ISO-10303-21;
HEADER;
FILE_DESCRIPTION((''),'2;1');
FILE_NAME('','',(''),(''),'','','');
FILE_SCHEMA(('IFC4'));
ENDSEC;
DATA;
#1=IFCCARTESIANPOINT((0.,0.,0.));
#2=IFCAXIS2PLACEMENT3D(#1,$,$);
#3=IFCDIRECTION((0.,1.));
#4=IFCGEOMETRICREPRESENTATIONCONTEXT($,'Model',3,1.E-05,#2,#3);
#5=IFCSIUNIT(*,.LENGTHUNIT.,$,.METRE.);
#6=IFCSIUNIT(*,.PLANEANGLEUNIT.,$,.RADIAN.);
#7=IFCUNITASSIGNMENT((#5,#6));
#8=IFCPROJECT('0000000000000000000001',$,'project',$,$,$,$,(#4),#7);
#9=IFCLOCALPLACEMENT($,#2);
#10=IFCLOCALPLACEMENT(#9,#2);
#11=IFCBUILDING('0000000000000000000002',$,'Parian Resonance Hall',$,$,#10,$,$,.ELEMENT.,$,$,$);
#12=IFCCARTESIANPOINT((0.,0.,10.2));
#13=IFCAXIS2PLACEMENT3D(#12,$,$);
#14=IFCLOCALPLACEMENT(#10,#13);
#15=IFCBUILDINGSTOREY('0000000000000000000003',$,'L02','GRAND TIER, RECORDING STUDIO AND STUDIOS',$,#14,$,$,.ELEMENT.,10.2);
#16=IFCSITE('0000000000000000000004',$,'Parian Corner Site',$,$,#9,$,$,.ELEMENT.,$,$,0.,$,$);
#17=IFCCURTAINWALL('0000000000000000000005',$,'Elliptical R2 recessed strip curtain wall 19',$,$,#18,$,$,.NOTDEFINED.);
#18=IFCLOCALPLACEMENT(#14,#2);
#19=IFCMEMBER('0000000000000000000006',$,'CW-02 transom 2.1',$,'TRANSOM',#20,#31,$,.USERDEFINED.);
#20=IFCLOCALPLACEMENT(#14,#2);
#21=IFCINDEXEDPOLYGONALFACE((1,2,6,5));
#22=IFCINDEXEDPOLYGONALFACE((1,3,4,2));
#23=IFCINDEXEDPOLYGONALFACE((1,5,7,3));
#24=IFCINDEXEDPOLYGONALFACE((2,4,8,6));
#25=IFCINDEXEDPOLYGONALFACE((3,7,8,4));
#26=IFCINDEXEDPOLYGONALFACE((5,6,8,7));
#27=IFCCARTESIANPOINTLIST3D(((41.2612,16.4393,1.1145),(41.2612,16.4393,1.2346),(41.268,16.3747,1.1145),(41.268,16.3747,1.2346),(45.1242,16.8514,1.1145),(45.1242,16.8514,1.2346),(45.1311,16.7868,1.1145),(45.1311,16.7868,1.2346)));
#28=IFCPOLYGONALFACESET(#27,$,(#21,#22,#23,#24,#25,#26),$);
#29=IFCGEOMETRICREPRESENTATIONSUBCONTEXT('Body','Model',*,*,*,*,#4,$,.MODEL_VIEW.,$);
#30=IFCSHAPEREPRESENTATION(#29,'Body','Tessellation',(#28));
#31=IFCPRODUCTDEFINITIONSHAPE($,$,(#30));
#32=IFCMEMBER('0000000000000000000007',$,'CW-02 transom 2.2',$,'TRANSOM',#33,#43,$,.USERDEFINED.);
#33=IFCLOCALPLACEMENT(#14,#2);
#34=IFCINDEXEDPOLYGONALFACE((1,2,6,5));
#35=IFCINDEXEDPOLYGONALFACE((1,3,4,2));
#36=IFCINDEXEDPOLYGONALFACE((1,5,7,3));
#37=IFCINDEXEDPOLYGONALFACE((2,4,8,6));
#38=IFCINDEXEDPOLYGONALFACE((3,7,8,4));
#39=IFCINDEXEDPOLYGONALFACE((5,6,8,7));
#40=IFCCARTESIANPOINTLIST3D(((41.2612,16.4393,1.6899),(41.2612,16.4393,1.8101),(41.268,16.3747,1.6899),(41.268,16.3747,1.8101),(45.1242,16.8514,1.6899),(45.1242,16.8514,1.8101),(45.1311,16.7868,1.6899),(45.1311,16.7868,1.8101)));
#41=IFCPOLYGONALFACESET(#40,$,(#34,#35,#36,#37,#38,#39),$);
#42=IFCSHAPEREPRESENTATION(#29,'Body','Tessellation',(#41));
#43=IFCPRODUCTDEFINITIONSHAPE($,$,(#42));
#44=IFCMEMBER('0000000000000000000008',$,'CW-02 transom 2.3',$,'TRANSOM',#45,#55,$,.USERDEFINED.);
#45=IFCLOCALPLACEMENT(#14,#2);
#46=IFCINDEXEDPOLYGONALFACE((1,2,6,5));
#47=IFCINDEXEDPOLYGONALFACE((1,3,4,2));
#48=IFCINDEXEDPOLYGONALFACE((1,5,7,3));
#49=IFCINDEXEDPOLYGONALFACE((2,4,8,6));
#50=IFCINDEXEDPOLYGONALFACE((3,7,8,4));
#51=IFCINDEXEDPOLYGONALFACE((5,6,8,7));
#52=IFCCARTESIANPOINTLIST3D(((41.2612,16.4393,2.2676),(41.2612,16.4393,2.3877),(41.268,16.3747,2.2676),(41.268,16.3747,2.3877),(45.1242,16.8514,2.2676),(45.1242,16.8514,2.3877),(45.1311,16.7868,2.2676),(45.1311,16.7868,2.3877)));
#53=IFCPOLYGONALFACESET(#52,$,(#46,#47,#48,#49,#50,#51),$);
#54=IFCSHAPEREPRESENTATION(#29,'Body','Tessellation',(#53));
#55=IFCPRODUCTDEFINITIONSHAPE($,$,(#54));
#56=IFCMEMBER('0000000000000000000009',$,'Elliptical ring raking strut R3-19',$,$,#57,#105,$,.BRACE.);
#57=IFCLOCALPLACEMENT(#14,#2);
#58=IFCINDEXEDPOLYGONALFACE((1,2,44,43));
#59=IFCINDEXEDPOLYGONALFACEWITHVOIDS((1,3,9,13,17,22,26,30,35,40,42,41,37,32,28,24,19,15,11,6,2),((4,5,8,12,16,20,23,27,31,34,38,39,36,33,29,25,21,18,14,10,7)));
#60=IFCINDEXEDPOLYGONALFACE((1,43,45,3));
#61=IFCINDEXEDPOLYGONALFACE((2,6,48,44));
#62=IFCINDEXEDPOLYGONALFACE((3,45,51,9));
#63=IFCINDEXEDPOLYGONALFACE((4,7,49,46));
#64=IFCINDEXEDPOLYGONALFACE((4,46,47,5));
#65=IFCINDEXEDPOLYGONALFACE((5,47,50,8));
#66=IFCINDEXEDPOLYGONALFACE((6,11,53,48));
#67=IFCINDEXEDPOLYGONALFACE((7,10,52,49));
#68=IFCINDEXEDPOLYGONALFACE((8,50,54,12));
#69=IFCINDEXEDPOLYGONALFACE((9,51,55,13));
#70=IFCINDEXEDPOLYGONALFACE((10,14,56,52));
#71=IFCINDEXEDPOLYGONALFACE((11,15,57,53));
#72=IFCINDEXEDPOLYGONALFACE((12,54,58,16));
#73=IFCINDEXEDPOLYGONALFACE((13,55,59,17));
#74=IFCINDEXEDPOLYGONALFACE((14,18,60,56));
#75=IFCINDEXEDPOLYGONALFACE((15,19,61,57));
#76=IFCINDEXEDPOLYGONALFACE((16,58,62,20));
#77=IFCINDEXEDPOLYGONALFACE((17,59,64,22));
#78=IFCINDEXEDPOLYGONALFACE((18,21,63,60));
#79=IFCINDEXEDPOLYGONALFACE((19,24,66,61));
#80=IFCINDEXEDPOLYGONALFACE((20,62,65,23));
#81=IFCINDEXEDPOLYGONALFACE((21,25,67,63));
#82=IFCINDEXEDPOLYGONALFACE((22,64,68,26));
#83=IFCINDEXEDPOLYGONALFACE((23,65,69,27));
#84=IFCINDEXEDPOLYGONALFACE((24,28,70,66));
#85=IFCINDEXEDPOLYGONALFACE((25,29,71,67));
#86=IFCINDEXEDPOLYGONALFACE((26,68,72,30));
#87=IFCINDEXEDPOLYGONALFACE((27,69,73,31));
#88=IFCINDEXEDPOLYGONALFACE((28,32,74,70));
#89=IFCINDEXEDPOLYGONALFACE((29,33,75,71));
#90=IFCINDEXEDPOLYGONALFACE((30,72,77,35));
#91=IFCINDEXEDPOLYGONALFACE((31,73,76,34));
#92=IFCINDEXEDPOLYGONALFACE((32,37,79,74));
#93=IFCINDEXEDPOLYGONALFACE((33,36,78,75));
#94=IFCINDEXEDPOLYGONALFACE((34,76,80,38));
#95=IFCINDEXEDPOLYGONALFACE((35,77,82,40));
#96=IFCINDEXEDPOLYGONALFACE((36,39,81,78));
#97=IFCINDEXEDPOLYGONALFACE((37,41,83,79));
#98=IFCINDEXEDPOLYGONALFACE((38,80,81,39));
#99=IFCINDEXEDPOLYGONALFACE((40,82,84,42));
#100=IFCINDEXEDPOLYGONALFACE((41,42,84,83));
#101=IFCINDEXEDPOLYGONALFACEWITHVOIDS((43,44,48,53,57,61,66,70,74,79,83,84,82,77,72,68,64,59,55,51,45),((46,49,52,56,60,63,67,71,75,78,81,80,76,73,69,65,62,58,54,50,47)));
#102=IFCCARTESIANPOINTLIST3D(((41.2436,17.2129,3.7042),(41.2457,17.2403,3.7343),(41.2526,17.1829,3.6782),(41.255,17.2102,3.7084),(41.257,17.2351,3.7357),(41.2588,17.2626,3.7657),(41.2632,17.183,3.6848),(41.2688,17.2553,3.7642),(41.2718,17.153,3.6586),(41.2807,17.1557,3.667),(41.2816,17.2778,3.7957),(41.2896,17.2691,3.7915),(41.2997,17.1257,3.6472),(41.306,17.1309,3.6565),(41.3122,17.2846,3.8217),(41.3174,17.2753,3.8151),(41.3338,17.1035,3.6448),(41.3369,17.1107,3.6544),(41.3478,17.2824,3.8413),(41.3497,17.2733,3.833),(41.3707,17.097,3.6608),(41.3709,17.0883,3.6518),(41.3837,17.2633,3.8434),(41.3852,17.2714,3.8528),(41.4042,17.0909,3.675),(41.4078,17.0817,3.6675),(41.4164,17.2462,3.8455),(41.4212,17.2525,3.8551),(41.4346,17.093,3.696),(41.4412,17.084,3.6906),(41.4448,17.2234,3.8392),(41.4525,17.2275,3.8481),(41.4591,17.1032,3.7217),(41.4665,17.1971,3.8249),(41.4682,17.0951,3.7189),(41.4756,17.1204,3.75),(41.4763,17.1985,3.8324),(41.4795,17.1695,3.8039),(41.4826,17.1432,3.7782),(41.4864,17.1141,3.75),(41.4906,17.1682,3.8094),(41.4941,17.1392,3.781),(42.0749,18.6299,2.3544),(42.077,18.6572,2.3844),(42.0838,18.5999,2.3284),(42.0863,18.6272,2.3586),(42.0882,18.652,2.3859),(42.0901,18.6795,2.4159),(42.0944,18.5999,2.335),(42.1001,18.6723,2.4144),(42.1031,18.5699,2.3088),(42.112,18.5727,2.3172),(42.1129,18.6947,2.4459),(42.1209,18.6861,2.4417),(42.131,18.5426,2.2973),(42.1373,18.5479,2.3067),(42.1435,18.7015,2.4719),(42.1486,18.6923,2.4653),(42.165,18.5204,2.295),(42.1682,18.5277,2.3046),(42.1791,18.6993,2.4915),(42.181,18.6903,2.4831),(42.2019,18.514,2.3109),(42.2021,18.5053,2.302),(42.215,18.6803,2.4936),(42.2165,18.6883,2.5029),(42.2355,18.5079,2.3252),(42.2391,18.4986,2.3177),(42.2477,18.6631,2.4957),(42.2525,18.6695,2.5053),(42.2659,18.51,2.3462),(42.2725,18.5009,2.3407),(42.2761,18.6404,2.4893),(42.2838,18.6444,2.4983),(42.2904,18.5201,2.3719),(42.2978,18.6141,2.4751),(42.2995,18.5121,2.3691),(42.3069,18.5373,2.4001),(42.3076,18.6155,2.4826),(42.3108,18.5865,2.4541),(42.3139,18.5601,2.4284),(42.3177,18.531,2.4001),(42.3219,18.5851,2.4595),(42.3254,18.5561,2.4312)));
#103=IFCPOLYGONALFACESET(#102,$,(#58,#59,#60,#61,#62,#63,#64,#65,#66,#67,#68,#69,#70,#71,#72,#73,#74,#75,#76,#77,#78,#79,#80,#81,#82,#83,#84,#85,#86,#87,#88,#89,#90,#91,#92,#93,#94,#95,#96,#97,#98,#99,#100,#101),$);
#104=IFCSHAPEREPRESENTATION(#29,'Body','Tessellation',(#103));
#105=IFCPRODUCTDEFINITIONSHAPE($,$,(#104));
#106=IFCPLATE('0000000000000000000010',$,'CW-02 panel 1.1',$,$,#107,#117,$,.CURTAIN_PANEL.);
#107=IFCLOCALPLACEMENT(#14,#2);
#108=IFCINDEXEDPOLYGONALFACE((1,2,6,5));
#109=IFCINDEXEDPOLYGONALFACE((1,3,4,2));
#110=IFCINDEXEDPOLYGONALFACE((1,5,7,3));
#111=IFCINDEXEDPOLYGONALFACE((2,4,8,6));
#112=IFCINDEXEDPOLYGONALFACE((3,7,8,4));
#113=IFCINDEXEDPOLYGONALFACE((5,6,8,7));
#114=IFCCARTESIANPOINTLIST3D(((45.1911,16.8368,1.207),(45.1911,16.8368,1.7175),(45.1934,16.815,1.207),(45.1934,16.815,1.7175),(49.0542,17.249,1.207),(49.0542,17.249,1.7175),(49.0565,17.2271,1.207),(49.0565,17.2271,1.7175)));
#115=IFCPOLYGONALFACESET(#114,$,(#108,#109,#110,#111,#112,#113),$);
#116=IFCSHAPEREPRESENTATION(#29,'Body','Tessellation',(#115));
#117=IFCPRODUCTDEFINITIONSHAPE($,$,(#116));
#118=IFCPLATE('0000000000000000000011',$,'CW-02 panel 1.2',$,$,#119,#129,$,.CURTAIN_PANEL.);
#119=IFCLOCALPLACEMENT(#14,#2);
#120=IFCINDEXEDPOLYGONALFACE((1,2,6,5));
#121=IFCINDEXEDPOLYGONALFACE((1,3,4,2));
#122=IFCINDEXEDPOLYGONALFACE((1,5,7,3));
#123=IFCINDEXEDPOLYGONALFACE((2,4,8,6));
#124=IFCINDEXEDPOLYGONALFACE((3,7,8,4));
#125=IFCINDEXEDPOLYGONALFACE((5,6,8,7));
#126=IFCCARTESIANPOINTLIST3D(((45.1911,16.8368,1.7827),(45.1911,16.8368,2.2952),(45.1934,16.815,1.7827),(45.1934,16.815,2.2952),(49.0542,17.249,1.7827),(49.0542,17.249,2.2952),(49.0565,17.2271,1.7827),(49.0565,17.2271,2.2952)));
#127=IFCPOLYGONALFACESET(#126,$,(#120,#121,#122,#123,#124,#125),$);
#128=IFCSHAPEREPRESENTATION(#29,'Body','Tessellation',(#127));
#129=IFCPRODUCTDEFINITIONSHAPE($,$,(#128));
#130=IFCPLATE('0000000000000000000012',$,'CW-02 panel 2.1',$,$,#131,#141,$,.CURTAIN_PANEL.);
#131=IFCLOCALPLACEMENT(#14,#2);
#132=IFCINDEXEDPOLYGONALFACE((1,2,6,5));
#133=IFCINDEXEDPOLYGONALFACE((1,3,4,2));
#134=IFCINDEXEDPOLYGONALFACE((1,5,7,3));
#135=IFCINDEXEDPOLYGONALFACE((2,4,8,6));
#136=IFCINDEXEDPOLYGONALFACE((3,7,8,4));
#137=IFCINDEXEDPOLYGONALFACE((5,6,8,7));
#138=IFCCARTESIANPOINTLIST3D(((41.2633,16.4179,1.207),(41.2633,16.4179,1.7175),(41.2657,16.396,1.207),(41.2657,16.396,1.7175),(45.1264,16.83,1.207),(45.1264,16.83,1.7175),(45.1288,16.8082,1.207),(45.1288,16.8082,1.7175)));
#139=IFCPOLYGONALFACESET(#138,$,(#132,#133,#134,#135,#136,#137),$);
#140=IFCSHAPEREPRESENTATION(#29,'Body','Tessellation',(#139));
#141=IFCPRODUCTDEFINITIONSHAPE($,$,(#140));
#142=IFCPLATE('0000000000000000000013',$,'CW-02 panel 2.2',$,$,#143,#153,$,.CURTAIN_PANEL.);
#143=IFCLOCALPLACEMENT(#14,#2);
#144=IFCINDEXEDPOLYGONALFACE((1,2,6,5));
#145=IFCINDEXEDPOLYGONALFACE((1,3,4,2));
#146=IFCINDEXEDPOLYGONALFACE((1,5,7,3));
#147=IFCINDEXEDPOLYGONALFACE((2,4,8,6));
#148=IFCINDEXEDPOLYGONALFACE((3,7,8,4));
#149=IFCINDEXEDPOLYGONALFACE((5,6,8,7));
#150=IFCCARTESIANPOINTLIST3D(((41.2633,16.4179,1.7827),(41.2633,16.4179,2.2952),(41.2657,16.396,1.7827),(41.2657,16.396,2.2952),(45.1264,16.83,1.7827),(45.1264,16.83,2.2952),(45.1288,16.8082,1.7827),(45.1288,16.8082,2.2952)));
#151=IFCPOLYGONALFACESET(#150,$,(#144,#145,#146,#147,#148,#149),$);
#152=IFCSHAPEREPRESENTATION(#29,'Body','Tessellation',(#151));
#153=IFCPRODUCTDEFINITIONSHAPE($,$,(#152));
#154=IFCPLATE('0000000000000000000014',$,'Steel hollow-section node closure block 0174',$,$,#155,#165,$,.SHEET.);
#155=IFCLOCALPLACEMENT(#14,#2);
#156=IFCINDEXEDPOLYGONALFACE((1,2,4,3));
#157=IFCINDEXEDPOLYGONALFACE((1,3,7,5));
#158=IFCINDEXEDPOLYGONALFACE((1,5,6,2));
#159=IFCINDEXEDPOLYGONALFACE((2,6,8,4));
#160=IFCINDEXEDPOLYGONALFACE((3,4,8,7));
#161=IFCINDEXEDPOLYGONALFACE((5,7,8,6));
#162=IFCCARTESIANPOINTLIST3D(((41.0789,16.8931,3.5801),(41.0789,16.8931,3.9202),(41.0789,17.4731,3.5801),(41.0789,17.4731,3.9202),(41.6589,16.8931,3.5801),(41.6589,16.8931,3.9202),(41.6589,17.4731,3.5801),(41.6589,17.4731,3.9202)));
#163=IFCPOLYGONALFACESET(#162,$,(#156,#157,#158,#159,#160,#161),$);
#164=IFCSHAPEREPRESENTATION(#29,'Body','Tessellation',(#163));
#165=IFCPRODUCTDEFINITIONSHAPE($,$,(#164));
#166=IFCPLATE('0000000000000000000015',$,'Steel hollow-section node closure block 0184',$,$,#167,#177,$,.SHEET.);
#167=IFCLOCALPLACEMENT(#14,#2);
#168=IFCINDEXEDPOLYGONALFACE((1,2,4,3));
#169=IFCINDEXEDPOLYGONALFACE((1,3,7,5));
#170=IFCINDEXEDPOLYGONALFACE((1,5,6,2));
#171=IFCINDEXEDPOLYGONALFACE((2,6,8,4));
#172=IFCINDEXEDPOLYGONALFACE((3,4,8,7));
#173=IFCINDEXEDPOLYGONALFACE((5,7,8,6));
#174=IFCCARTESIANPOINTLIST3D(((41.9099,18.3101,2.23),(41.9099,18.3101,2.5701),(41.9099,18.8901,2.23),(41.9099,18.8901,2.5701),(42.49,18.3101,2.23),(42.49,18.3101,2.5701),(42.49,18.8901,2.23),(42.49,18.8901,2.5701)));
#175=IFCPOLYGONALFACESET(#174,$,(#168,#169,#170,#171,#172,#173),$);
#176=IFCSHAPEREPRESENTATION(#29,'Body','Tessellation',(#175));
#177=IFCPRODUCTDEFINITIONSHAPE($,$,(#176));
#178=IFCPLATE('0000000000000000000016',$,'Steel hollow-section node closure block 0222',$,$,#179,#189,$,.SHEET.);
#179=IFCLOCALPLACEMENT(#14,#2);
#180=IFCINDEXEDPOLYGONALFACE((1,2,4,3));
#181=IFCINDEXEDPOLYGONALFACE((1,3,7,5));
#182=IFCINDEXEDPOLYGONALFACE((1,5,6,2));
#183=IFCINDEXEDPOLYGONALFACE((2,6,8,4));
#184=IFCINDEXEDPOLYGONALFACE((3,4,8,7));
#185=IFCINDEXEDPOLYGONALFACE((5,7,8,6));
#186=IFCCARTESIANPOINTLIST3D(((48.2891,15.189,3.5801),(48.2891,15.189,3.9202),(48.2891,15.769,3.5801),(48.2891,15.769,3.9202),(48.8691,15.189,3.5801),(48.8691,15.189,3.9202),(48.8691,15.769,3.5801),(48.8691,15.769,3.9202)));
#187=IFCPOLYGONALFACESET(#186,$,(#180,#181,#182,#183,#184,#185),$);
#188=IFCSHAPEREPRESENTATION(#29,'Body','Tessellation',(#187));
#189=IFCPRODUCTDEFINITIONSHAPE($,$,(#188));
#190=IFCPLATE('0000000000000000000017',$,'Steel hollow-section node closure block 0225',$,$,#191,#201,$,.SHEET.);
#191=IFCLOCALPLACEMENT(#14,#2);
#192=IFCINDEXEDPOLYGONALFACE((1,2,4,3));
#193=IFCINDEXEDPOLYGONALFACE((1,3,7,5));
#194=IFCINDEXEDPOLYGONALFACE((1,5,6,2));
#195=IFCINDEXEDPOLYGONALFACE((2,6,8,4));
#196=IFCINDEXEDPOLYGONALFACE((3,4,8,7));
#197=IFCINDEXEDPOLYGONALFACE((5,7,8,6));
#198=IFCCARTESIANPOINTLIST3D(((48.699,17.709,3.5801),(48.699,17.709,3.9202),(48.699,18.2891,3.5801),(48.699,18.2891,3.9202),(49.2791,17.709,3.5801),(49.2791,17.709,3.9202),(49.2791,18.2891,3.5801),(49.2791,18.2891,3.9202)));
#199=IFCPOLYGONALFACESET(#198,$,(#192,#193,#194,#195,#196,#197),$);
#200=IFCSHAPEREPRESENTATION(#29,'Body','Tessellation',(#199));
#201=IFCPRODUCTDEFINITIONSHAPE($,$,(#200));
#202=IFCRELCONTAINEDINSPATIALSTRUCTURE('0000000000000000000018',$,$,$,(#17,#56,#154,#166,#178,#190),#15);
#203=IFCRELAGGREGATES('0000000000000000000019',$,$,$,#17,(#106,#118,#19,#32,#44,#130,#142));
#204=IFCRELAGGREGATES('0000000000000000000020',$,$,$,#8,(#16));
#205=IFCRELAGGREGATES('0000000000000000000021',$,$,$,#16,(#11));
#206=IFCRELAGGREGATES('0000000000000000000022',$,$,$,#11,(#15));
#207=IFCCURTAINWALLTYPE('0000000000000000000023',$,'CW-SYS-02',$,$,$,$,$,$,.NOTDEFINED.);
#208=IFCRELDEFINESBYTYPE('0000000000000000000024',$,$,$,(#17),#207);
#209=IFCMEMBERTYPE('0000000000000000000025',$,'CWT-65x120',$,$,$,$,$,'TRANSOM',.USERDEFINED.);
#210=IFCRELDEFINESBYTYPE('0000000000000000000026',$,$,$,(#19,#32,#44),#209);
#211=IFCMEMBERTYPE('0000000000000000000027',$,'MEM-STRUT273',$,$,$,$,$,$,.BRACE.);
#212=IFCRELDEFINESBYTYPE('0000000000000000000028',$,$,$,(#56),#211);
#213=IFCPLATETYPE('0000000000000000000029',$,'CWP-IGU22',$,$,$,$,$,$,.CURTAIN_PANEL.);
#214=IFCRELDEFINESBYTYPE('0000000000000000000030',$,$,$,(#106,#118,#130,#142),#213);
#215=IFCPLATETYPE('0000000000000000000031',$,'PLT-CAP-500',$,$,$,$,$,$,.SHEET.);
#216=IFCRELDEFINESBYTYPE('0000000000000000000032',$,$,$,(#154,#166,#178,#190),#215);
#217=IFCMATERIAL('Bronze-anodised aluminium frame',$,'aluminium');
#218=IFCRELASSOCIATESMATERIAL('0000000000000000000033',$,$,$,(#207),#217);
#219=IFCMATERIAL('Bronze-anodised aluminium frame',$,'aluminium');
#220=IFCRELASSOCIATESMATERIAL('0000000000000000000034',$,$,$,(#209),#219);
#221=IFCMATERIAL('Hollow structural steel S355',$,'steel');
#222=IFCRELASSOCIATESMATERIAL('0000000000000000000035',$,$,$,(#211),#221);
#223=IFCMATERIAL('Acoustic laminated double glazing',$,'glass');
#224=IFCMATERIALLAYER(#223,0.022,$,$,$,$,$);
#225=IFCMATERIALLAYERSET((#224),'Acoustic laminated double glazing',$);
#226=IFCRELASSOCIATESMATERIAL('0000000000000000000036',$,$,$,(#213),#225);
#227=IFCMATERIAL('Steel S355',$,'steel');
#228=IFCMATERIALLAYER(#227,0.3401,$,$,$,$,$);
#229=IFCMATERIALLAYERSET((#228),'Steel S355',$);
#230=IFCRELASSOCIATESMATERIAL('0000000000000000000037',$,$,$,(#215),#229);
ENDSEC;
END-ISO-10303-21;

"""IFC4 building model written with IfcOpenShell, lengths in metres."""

from ifc_helpers import new_model, si_unit, direction, frame, origin, origin_2d, place, context, subcontext, project, spatial, rectangle, hollow_circle, extrude, material, layer, layer_set, material_profile, profile_set, type_object, element, aggregate, save


model = new_model("IFC4")

# Units and contexts
model_context = context("Model", 3, precision=1e-05, world=origin(), true_north=direction((0.0, 1.0)))
body_context = subcontext(model_context, "Body", "Model", "MODEL_VIEW")
ifc_project = project(units=[si_unit("LENGTHUNIT", "METRE"), si_unit("PLANEANGLEUNIT", "RADIAN")], contexts=[model_context])

# Site, building, storey
site_placement = place(None, origin())
site = spatial("IfcSite", under=ifc_project, at=site_placement, Name="Parian Corner Site", CompositionType="ELEMENT", RefElevation=0.0)
building_placement = place(site_placement, origin())
building = spatial("IfcBuilding", under=site, at=building_placement, Name="Parian Resonance Hall", CompositionType="ELEMENT")
storey_placement = place(building_placement, frame((0.0, 0.0, 10.2)))
storey = spatial("IfcBuildingStorey", under=building, at=storey_placement, Name="L02", Description="GRAND TIER, RECORDING STUDIO AND STUDIOS", CompositionType="ELEMENT", Elevation=10.2)

# Curtain wall, members
ifc_material_1 = material(Name="Bronze-anodised aluminium frame", Category="aluminium")
curtain_wall_type = type_object("IfcCurtainWallType", Name="CW-SYS-02", PredefinedType="NOTDEFINED", material=ifc_material_1)
curtain_wall_placement = place(storey_placement, origin())
curtain_wall = element("IfcCurtainWall", 1, at=curtain_wall_placement, inside=storey, type_object=curtain_wall_type, Name="Elliptical R2 recessed strip curtain wall 19", PredefinedType="NOTDEFINED")
ifc_material_2 = material(Name="Bronze-anodised aluminium frame", Category="aluminium")
ifc_material_profile_1 = material_profile(ifc_material_2, rectangle(XDim=0.0649, YDim=0.1201, at=origin_2d()), Name="CWT-65x120")
ifc_profile_set_1 = profile_set([ifc_material_profile_1], Name="Bronze-anodised aluminium frame")
member_type_1 = type_object("IfcMemberType", Name="CWT-65x120", ElementType="TRANSOM", PredefinedType="USERDEFINED", material=ifc_profile_set_1)
member_1_placement = place(storey_placement, frame((45.1277, 16.8191, 1.1746), z_axis=(-0.994358, -0.106078, 0.0), x_axis=(0.106078, -0.994358, 0.0)))
member_1 = element("IfcMember", 2, at=member_1_placement, type_object=member_type_1, Name="CW-02 transom 2.1", ObjectType="TRANSOM", PredefinedType="USERDEFINED", context=body_context, shape_type="SweptSolid", body=[
    extrude(rectangle(XDim=0.0649, YDim=0.1201, at=origin_2d()), origin(), (0.0, 0.0, 1.0), 3.885),
])
member_2_placement = place(storey_placement, frame((45.1277, 16.8191, 1.75), z_axis=(-0.994358, -0.106078, 0.0), x_axis=(0.106078, -0.994358, 0.0)))
member_2 = element("IfcMember", 3, at=member_2_placement, type_object=member_type_1, Name="CW-02 transom 2.2", ObjectType="TRANSOM", PredefinedType="USERDEFINED", context=body_context, shape_type="SweptSolid", body=[
    extrude(rectangle(XDim=0.0649, YDim=0.1201, at=origin_2d()), origin(), (0.0, 0.0, 1.0), 3.885),
])
member_3_placement = place(storey_placement, frame((45.1277, 16.8191, 2.3276), z_axis=(-0.994358, -0.106078, 0.0), x_axis=(0.106078, -0.994358, 0.0)))
member_3 = element("IfcMember", 4, at=member_3_placement, type_object=member_type_1, Name="CW-02 transom 2.3", ObjectType="TRANSOM", PredefinedType="USERDEFINED", context=body_context, shape_type="SweptSolid", body=[
    extrude(rectangle(XDim=0.0649, YDim=0.1201, at=origin_2d()), origin(), (0.0, 0.0, 1.0), 3.885),
])

# Member
ifc_material_3 = material(Name="Hollow structural steel S355", Category="steel")
ifc_material_profile_2 = material_profile(ifc_material_3, hollow_circle(Radius=0.1365, WallThickness=0.0125, at=origin_2d()), Name="CHS273x12.5")
ifc_profile_set_2 = profile_set([ifc_material_profile_2], Name="Hollow structural steel S355")
member_type_2 = type_object("IfcMemberType", Name="MEM-STRUT273", PredefinedType="BRACE", material=ifc_profile_set_2)
member_4_placement = place(storey_placement, frame((42.2, 18.6001, 2.4001), z_axis=(-0.390966, -0.666421, 0.634845), x_axis=(0.862526, -0.506013, 0.0)))
element("IfcMember", 5, at=member_4_placement, inside=storey, type_object=member_type_2, Name="Elliptical ring raking strut R3-19", PredefinedType="BRACE", context=body_context, shape_type="SweptSolid", body=[
    extrude(hollow_circle(Radius=0.1365, WallThickness=0.0125, at=origin_2d()), origin(), (0.0, 0.0, 1.0), 2.1262),
])

# Plates
ifc_material_4 = material(Name="Acoustic laminated double glazing", Category="glass")
ifc_layer_1 = layer(ifc_material_4, 0.022)
ifc_layer_set_1 = layer_set([ifc_layer_1], Name="Acoustic laminated double glazing")
plate_type_1 = type_object("IfcPlateType", Name="CWP-IGU22", PredefinedType="CURTAIN_PANEL", material=ifc_layer_set_1)
plate_1_placement = place(storey_placement, frame((47.1238, 17.032, 1.207), z_axis=(0.0, 0.0, 1.0), x_axis=(-0.994356, -0.106091, 0.0)))
plate_1 = element("IfcPlate", 6, at=plate_1_placement, type_object=plate_type_1, Name="CW-02 panel 1.1", PredefinedType="CURTAIN_PANEL", context=body_context, shape_type="SweptSolid", body=[
    extrude(rectangle(XDim=3.885, YDim=0.022, at=origin_2d()), origin(), (0.0, 0.0, 1.0), 0.5105),
])
plate_2_placement = place(storey_placement, frame((47.1238, 17.032, 1.7827), z_axis=(0.0, 0.0, 1.0), x_axis=(-0.994356, -0.106091, 0.0)))
plate_2 = element("IfcPlate", 7, at=plate_2_placement, type_object=plate_type_1, Name="CW-02 panel 1.2", PredefinedType="CURTAIN_PANEL", context=body_context, shape_type="SweptSolid", body=[
    extrude(rectangle(XDim=3.885, YDim=0.022, at=origin_2d()), origin(), (0.0, 0.0, 1.0), 0.5125),
])
plate_3_placement = place(storey_placement, frame((43.196, 16.613, 1.207), z_axis=(0.0, 0.0, 1.0), x_axis=(-0.994356, -0.106091, 0.0)))
plate_3 = element("IfcPlate", 8, at=plate_3_placement, type_object=plate_type_1, Name="CW-02 panel 2.1", PredefinedType="CURTAIN_PANEL", context=body_context, shape_type="SweptSolid", body=[
    extrude(rectangle(XDim=3.885, YDim=0.022, at=origin_2d()), origin(), (0.0, 0.0, 1.0), 0.5105),
])
plate_4_placement = place(storey_placement, frame((43.196, 16.613, 1.7827), z_axis=(0.0, 0.0, 1.0), x_axis=(-0.994356, -0.106091, 0.0)))
plate_4 = element("IfcPlate", 9, at=plate_4_placement, type_object=plate_type_1, Name="CW-02 panel 2.2", PredefinedType="CURTAIN_PANEL", context=body_context, shape_type="SweptSolid", body=[
    extrude(rectangle(XDim=3.885, YDim=0.022, at=origin_2d()), origin(), (0.0, 0.0, 1.0), 0.5125),
])
aggregate(curtain_wall, [plate_1, plate_2, member_1, member_2, member_3, plate_3, plate_4])

# Plates
ifc_material_5 = material(Name="Steel S355", Category="steel")
ifc_layer_2 = layer(ifc_material_5, 0.3401)
ifc_layer_set_2 = layer_set([ifc_layer_2], Name="Steel S355")
plate_type_2 = type_object("IfcPlateType", Name="PLT-CAP-500", PredefinedType="SHEET", material=ifc_layer_set_2)
for number, where, z_axis, x_axis, name in (
    (10, (41.3689, 17.1831, 3.5801), (0.0, 0.0, 1.0), (1.0, 0.0, 0.0), "Steel hollow-section node closure block 0174"),
    (11, (42.2, 18.6001, 2.23), (0.0, 0.0, 1.0), (1.0, 0.0, 0.0), "Steel hollow-section node closure block 0184"),
    (12, (48.5791, 15.479, 3.5801), (0.0, 0.0, 1.0), (1.0, 0.0, 0.0), "Steel hollow-section node closure block 0222"),
    (13, (48.989, 17.999, 3.5801), (0.0, 0.0, 1.0), (1.0, 0.0, 0.0), "Steel hollow-section node closure block 0225"),
):
    element("IfcPlate", number, at=place(storey_placement, frame(where, z_axis=z_axis, x_axis=x_axis)), inside=storey, type_object=plate_type_2, Name=name, PredefinedType="SHEET", context=body_context, shape_type="SweptSolid", body=[
        extrude(rectangle(XDim=0.5801, YDim=0.5801, at=origin_2d()), origin(), (0.0, 0.0, 1.0), 0.3401),
    ])

save(model, "model.ifc")
